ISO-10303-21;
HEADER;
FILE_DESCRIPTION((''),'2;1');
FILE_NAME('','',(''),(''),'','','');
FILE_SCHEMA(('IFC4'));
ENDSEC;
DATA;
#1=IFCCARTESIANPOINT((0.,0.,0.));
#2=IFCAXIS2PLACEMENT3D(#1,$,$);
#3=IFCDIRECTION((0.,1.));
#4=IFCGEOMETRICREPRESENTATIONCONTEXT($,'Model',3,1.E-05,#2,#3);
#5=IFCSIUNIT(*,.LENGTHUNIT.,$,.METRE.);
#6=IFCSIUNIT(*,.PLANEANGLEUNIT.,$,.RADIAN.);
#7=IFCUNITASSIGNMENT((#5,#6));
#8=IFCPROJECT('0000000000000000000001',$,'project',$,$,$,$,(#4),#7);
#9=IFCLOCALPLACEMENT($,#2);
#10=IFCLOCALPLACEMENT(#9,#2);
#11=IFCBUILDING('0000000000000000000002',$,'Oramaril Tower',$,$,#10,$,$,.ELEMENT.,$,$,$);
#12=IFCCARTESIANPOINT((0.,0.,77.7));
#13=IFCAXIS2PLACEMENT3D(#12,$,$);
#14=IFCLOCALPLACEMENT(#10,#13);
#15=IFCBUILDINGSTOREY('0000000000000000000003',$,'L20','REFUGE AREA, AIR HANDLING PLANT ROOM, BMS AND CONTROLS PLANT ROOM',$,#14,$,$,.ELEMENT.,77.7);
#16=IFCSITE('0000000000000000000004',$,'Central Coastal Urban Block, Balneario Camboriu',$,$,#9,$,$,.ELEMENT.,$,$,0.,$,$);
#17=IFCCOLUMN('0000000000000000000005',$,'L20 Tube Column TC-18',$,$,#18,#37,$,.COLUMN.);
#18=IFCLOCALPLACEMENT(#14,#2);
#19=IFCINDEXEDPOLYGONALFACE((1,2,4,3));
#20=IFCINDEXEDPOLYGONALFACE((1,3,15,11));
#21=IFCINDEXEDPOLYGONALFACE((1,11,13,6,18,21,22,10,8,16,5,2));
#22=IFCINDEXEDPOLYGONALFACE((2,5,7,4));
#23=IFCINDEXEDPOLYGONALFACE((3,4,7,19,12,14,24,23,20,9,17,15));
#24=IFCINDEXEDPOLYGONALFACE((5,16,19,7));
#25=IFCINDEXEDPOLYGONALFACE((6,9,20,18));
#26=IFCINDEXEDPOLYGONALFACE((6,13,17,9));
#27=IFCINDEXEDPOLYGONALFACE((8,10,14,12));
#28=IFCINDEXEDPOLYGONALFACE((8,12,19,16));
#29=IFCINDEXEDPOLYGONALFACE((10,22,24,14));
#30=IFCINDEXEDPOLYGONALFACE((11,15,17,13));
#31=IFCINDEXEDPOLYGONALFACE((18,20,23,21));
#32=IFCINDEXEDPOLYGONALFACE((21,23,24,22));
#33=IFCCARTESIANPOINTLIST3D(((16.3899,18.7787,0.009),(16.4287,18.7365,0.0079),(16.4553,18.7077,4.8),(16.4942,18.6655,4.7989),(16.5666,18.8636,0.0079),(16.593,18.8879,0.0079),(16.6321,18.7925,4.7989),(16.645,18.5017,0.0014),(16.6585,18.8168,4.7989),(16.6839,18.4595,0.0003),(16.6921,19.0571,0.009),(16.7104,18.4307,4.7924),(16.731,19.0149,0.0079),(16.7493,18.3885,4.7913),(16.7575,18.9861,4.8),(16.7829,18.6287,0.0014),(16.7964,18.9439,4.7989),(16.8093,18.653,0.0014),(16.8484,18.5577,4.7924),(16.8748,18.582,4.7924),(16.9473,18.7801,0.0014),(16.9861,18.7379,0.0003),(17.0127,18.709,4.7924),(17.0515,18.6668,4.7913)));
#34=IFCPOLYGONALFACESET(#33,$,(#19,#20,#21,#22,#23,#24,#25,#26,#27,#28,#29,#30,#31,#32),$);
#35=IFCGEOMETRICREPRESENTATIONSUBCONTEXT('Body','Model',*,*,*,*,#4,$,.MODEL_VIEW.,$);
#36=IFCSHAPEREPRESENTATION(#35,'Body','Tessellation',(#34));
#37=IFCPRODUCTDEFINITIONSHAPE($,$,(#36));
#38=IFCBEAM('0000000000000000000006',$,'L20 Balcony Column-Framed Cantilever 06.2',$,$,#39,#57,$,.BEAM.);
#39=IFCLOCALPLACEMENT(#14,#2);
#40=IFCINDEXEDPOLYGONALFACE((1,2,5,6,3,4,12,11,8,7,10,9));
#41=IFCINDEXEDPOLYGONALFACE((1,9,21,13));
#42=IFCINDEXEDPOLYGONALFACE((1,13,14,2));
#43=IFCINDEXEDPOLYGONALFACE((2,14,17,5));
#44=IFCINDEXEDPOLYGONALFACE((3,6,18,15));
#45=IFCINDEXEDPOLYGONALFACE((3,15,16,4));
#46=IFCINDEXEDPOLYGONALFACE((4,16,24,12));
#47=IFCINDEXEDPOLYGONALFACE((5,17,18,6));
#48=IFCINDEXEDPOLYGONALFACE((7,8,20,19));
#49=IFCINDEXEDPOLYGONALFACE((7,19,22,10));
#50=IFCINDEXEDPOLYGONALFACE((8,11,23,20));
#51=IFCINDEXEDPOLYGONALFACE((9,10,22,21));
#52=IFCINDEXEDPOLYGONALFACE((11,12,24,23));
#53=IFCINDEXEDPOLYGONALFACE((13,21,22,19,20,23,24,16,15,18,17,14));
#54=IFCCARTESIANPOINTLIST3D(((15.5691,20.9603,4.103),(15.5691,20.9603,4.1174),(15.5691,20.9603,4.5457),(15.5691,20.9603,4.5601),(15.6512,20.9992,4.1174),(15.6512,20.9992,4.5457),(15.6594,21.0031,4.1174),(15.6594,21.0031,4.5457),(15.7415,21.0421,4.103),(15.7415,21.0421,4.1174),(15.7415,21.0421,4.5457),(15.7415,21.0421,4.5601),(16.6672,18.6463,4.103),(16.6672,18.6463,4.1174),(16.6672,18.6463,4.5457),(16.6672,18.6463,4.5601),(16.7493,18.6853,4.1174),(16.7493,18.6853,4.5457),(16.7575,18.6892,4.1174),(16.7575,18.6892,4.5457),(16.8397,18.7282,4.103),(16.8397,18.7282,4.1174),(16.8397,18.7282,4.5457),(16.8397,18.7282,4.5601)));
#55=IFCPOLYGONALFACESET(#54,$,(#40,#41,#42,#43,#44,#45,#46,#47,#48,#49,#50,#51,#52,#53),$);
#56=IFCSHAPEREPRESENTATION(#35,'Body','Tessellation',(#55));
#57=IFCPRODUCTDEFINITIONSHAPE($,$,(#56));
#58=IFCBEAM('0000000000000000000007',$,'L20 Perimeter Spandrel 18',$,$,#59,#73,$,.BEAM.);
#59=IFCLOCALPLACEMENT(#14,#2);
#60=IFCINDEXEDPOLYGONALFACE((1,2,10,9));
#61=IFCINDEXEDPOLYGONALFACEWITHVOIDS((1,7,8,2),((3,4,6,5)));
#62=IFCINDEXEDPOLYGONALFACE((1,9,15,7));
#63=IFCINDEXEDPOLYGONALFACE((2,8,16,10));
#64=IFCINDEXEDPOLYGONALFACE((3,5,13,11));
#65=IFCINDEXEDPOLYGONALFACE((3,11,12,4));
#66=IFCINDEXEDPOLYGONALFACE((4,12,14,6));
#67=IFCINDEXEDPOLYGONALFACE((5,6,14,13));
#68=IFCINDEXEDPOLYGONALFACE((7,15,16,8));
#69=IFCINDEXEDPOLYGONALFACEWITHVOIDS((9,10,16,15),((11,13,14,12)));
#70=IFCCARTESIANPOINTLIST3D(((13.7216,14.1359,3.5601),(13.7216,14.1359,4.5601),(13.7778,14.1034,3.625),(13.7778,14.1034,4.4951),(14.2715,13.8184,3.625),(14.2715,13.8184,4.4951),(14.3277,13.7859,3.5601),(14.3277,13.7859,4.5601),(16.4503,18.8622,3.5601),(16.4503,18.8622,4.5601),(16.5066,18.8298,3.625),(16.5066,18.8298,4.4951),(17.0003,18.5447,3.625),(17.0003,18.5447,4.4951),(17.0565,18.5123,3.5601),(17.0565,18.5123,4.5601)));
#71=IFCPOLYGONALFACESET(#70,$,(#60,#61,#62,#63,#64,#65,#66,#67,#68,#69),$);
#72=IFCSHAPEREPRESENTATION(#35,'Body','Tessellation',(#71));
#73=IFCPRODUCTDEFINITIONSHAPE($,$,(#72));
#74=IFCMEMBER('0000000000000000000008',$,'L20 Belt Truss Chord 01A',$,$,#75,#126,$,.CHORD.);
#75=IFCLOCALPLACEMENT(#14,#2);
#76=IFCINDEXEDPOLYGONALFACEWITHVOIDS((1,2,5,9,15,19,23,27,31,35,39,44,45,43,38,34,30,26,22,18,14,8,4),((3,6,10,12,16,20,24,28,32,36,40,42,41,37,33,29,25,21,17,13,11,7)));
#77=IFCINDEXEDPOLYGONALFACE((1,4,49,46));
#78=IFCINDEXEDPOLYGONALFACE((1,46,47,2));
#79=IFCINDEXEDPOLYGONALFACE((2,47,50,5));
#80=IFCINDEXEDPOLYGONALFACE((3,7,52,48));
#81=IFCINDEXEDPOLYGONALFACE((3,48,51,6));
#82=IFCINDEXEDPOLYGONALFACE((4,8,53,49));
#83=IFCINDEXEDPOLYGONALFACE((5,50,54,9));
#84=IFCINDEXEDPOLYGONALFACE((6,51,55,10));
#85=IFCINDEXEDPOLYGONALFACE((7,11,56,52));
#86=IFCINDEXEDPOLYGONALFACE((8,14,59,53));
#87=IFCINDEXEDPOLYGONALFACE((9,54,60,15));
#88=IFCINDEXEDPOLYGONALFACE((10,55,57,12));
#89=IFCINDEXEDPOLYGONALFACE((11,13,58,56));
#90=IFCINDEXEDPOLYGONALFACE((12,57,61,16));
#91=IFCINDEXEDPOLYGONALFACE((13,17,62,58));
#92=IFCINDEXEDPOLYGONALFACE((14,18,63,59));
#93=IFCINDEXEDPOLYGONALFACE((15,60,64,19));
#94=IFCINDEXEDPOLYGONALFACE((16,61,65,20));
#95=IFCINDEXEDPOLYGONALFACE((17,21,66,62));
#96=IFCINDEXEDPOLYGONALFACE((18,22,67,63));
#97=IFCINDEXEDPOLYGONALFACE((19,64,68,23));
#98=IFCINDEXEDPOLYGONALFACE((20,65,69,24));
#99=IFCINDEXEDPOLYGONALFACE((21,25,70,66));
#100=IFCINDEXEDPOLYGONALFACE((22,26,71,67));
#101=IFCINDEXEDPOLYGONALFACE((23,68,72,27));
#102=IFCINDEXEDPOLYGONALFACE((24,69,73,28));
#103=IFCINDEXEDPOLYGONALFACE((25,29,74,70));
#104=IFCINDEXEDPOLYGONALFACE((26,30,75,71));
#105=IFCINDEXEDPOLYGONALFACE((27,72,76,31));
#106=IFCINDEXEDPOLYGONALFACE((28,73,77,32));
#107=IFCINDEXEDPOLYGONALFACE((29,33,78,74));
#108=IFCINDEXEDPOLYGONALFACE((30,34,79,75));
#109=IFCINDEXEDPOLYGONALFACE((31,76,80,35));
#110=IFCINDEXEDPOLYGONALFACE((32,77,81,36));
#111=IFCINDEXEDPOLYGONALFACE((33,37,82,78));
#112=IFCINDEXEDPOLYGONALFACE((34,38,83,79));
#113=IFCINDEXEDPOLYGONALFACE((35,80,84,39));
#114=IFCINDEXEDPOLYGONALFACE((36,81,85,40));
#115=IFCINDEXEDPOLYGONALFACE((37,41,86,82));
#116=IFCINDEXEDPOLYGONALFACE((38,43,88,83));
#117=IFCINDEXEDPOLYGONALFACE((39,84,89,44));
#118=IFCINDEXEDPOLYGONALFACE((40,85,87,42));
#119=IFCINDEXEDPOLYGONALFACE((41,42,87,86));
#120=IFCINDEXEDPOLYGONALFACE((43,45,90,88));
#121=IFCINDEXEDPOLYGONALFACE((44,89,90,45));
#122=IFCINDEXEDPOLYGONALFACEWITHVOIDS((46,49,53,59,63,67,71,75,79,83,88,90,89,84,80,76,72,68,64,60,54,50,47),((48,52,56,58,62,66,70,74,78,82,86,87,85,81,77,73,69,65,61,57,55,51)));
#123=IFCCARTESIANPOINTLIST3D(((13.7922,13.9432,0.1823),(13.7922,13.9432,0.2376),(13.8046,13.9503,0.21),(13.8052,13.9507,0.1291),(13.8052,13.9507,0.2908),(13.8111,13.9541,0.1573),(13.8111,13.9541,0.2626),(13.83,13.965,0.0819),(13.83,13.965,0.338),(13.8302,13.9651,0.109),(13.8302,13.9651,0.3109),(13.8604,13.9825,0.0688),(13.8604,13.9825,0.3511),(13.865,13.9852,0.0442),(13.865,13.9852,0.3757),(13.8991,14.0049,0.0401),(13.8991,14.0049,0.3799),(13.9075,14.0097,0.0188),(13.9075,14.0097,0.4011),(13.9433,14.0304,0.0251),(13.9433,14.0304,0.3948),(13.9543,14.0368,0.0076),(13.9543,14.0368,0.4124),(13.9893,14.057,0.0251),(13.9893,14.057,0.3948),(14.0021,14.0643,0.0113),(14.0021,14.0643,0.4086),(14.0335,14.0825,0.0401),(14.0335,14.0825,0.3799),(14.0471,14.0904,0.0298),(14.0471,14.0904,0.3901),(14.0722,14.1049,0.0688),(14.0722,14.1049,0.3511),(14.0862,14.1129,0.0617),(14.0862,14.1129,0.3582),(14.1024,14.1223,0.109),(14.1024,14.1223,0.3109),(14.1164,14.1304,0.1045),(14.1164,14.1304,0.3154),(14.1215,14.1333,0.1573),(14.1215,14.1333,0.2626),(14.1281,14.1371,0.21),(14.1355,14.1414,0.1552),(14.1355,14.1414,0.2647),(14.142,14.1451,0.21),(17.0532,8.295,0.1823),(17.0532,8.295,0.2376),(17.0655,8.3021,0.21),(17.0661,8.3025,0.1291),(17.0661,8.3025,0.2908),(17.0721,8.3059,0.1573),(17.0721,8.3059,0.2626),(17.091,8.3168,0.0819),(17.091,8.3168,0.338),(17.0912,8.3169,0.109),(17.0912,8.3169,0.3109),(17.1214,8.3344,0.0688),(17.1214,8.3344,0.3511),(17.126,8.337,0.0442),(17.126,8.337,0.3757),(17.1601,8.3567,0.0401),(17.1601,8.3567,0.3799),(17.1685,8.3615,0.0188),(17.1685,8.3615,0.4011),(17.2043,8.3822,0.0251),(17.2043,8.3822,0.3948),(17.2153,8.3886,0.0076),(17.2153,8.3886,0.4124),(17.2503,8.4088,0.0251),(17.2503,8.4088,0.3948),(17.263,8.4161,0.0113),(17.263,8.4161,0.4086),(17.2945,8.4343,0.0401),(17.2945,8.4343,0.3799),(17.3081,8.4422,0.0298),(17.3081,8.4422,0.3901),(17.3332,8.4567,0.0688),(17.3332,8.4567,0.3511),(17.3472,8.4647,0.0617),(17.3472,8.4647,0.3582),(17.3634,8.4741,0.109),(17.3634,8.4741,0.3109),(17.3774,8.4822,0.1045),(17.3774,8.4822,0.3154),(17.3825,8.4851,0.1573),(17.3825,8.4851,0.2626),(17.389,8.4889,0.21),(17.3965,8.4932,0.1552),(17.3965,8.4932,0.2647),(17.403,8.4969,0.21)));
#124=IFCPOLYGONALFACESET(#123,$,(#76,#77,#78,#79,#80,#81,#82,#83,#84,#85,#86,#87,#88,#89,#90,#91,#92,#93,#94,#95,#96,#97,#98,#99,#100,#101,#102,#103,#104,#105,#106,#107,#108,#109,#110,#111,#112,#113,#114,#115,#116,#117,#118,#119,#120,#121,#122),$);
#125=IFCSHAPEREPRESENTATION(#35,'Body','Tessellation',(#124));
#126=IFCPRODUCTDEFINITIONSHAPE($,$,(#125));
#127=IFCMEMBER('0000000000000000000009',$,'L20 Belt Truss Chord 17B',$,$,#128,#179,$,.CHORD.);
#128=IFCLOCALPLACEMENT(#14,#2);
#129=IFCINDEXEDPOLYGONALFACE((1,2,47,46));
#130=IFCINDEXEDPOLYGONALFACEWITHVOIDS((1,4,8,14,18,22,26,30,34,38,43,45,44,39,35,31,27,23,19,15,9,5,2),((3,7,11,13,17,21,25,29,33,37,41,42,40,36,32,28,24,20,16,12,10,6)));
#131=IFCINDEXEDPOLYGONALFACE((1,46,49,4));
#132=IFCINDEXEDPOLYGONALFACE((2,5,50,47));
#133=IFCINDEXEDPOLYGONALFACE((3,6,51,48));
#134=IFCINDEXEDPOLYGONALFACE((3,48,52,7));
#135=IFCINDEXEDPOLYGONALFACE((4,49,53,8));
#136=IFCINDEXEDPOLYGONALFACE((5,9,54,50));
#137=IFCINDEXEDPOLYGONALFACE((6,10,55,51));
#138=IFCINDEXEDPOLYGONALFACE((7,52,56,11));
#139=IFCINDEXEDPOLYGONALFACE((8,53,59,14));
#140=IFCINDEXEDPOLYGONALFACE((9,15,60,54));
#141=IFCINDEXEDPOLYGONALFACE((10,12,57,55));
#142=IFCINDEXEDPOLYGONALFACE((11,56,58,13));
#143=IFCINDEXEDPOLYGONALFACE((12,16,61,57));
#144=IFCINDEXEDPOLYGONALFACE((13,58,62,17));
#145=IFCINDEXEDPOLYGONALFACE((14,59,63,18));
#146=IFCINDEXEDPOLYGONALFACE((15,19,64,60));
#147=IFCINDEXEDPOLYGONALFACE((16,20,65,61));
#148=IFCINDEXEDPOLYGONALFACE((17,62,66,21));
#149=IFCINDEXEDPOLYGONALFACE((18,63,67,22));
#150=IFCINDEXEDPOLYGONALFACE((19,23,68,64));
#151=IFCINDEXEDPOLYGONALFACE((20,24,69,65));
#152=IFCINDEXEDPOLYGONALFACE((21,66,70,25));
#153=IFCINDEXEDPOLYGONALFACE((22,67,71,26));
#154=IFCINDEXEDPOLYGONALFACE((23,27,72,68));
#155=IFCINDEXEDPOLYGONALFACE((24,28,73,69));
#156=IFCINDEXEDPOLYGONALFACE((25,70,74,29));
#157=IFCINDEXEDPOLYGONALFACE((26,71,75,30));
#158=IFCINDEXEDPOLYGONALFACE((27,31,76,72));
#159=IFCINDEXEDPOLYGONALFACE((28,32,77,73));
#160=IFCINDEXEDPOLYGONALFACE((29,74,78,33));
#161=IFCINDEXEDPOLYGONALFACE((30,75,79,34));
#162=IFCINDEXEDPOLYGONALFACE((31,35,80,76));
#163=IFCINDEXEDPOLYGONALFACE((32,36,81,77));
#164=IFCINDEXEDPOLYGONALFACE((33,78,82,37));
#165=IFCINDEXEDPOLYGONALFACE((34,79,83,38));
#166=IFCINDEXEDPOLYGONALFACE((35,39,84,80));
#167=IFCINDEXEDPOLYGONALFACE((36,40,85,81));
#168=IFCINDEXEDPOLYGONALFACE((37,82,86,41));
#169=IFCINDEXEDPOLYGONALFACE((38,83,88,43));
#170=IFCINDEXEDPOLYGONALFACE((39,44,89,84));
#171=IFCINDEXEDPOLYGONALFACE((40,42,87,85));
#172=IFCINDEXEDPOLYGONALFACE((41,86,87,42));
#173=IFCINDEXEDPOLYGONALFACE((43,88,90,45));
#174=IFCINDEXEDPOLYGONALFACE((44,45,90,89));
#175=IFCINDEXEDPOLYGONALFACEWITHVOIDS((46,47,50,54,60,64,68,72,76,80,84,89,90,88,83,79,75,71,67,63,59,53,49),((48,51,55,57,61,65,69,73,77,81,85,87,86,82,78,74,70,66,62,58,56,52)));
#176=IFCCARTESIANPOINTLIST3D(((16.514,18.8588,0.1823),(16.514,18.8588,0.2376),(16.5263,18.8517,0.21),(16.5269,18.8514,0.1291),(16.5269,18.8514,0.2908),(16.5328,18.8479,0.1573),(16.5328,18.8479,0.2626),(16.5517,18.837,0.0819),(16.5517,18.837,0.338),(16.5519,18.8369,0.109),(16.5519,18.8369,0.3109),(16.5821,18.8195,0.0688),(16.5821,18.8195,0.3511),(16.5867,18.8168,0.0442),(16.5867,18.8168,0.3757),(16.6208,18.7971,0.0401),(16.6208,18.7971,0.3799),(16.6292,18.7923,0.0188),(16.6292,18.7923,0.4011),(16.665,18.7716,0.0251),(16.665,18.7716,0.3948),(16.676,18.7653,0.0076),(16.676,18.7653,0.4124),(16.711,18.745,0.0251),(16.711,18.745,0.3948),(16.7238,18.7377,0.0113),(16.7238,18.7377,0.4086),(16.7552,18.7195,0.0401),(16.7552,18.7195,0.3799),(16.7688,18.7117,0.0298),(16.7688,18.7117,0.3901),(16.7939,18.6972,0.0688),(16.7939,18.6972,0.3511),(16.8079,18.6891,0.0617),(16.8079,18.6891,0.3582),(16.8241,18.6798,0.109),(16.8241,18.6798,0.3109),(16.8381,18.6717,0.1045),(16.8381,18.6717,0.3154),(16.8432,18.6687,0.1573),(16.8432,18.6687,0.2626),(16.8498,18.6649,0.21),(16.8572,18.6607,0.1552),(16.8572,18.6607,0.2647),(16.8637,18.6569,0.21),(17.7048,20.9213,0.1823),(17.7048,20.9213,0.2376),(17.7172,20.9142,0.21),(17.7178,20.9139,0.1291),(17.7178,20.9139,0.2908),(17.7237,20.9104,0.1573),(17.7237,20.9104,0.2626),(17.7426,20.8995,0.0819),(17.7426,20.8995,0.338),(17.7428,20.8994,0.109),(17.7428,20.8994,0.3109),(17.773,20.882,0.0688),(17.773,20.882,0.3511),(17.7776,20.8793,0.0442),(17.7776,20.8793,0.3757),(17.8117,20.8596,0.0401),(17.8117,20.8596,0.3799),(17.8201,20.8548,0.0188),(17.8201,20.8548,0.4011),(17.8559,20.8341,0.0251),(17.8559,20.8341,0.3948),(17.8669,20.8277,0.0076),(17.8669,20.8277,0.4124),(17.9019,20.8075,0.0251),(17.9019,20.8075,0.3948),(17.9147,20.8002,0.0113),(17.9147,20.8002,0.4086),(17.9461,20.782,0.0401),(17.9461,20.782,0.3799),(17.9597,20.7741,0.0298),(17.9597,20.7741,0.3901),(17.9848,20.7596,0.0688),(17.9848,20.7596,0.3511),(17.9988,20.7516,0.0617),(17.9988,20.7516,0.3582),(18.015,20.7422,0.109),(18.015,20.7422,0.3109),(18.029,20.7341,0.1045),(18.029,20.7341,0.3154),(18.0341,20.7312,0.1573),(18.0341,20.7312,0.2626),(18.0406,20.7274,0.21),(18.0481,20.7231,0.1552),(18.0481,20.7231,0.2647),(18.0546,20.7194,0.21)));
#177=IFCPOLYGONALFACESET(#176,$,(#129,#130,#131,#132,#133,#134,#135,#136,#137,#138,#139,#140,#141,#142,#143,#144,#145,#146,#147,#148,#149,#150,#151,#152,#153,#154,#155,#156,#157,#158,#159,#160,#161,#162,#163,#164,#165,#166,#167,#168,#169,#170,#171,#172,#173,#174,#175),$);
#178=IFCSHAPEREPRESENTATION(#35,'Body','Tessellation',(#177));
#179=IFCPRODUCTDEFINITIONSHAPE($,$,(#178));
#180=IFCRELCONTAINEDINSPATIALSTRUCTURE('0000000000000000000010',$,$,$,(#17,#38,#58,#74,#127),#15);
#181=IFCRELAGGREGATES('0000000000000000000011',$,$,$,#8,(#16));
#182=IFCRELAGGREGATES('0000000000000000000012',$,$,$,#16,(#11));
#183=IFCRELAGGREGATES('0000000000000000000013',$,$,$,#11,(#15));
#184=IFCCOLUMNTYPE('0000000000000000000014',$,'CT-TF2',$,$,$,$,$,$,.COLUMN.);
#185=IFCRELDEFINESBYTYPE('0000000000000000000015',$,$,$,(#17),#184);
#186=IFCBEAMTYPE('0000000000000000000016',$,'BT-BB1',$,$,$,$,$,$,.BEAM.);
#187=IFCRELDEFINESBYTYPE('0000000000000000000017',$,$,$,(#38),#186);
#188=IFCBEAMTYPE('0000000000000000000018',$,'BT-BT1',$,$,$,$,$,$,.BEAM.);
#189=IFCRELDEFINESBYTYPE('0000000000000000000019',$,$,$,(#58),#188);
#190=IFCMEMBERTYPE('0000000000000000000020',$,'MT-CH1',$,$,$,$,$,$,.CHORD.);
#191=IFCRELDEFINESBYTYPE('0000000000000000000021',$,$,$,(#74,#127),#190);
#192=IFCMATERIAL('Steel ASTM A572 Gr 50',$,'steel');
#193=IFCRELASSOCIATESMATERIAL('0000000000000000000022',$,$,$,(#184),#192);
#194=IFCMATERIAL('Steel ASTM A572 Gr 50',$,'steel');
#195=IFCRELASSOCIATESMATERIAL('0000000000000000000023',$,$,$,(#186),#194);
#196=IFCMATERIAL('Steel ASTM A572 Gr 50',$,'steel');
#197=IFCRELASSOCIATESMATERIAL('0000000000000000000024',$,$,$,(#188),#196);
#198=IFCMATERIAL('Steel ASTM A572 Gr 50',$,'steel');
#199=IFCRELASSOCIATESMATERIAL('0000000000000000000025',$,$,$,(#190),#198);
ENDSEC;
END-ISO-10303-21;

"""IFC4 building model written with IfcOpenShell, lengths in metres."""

from ifc_helpers import new_model, si_unit, direction, frame, origin, origin_2d, place, context, subcontext, project, spatial, hollow_rectangle, hollow_circle, i_section, extrude, material, material_profile, profile_set, type_object, element, save


model = new_model("IFC4")

# Units and contexts
model_context = context("Model", 3, precision=1e-05, world=origin(), true_north=direction((0.0, 1.0)))
body_context = subcontext(model_context, "Body", "Model", "MODEL_VIEW")
ifc_project = project(units=[si_unit("LENGTHUNIT", "METRE"), si_unit("PLANEANGLEUNIT", "RADIAN")], contexts=[model_context])

# Site, building, storey
site_placement = place(None, origin())
site = spatial("IfcSite", under=ifc_project, at=site_placement, Name="Central Coastal Urban Block, Balneario Camboriu", CompositionType="ELEMENT", RefElevation=0.0)
building_placement = place(site_placement, origin())
building = spatial("IfcBuilding", under=site, at=building_placement, Name="Oramaril Tower", CompositionType="ELEMENT")
storey_placement = place(building_placement, frame((0.0, 0.0, 77.7)))
storey = spatial("IfcBuildingStorey", under=building, at=storey_placement, Name="L20", Description="REFUGE AREA, AIR HANDLING PLANT ROOM, BMS AND CONTROLS PLANT ROOM", CompositionType="ELEMENT", Elevation=77.7)

# Column
ifc_material_1 = material(Name="Steel ASTM A572 Gr 50", Category="steel")
ifc_material_profile_1 = material_profile(ifc_material_1, i_section(OverallWidth=0.4109, OverallDepth=0.4341, WebThickness=0.0359, FlangeThickness=0.0574, at=origin_2d()), Name="W14X311")
ifc_profile_set_1 = profile_set([ifc_material_profile_1], Name="Steel ASTM A572 Gr 50")
column_type = type_object("IfcColumnType", Name="CT-TF2", PredefinedType="COLUMN", material=ifc_profile_set_1)
column_placement = place(storey_placement, frame((16.688, 18.7583, 0.0046), z_axis=(0.013654, -0.014826, 0.999797), x_axis=(0.735578, 0.67744, 0.0)))
element("IfcColumn", 1, at=column_placement, inside=storey, type_object=column_type, Name="L20 Tube Column TC-18", PredefinedType="COLUMN", context=body_context, shape_type="SweptSolid", body=[
    extrude(i_section(OverallWidth=0.4109, OverallDepth=0.4341, WebThickness=0.0359, FlangeThickness=0.0574, at=origin_2d()), origin(), (0.0, 0.0, 1.0), 4.792),
])

# Beams
ifc_material_2 = material(Name="Steel ASTM A572 Gr 50", Category="steel")
ifc_material_profile_2 = material_profile(ifc_material_2, i_section(OverallWidth=0.1909, OverallDepth=0.457, WebThickness=0.009, FlangeThickness=0.0144, at=origin_2d()), Name="W18X50")
ifc_profile_set_2 = profile_set([ifc_material_profile_2], Name="Steel ASTM A572 Gr 50")
beam_type_1 = type_object("IfcBeamType", Name="BT-BB1", PredefinedType="BEAM", material=ifc_profile_set_2)
beam_1_placement = place(storey_placement, frame((16.7534, 18.6873, 4.3315), z_axis=(-0.428742, 0.903427, 0.0), x_axis=(-0.903427, -0.428742, 0.0)))
element("IfcBeam", 2, at=beam_1_placement, inside=storey, type_object=beam_type_1, Name="L20 Balcony Column-Framed Cantilever 06.2", PredefinedType="BEAM", context=body_context, shape_type="SweptSolid", body=[
    extrude(i_section(OverallWidth=0.1909, OverallDepth=0.457, WebThickness=0.009, FlangeThickness=0.0144, at=origin_2d()), origin(), (0.0, 0.0, 1.0), 2.5613),
])
ifc_material_3 = material(Name="Steel ASTM A572 Gr 50", Category="steel")
ifc_material_profile_3 = material_profile(ifc_material_3, hollow_rectangle(XDim=0.7, YDim=1.0, WallThickness=0.0649, at=origin_2d()), Name="BOX1000X700X65")
ifc_profile_set_3 = profile_set([ifc_material_profile_3], Name="Steel ASTM A572 Gr 50")
beam_type_2 = type_object("IfcBeamType", Name="BT-BT1", PredefinedType="BEAM", material=ifc_profile_set_3)
beam_2_placement = place(storey_placement, frame((16.7534, 18.6873, 4.0601), z_axis=(-0.500003, -0.866024, 0.0), x_axis=(0.866024, -0.500003, 0.0)))
element("IfcBeam", 3, at=beam_2_placement, inside=storey, type_object=beam_type_2, Name="L20 Perimeter Spandrel 18", PredefinedType="BEAM", context=body_context, shape_type="SweptSolid", body=[
    extrude(hollow_rectangle(XDim=0.7, YDim=1.0, WallThickness=0.0649, at=origin_2d()), origin(), (0.0, 0.0, 1.0), 5.4575),
])

# Members
ifc_material_4 = material(Name="Steel ASTM A572 Gr 50", Category="steel")
ifc_material_profile_4 = material_profile(ifc_material_4, hollow_circle(Radius=0.2029, WallThickness=0.0161, at=origin_2d()), Name="CHS406X16")
ifc_profile_set_4 = profile_set([ifc_material_profile_4], Name="Steel ASTM A572 Gr 50")
member_type_1 = type_object("IfcMemberType", Name="MT-CH1", PredefinedType="CHORD", material=ifc_profile_set_4)
member_1_placement = place(storey_placement, frame((13.9663, 14.0437, 0.21), z_axis=(0.5, -0.866025, 0.0), x_axis=(0.866025, 0.5, 0.0)))
element("IfcMember", 4, at=member_1_placement, inside=storey, type_object=member_type_1, Name="L20 Belt Truss Chord 01A", PredefinedType="CHORD", context=body_context, shape_type="SweptSolid", body=[
    extrude(hollow_circle(Radius=0.2029, WallThickness=0.0161, at=origin_2d()), origin(), (0.0, 0.0, 1.0), 6.522),
])
member_2_placement = place(storey_placement, frame((17.8789, 20.8208, 0.21), z_axis=(-0.500042, -0.866001, 0.0), x_axis=(0.866001, -0.500042, 0.0)))
element("IfcMember", 5, at=member_2_placement, inside=storey, type_object=member_type_1, Name="L20 Belt Truss Chord 17B", PredefinedType="CHORD", context=body_context, shape_type="SweptSolid", body=[
    extrude(hollow_circle(Radius=0.2029, WallThickness=0.0161, at=origin_2d()), origin(), (0.0, 0.0, 1.0), 2.3816),
])

save(model, "model.ifc")
